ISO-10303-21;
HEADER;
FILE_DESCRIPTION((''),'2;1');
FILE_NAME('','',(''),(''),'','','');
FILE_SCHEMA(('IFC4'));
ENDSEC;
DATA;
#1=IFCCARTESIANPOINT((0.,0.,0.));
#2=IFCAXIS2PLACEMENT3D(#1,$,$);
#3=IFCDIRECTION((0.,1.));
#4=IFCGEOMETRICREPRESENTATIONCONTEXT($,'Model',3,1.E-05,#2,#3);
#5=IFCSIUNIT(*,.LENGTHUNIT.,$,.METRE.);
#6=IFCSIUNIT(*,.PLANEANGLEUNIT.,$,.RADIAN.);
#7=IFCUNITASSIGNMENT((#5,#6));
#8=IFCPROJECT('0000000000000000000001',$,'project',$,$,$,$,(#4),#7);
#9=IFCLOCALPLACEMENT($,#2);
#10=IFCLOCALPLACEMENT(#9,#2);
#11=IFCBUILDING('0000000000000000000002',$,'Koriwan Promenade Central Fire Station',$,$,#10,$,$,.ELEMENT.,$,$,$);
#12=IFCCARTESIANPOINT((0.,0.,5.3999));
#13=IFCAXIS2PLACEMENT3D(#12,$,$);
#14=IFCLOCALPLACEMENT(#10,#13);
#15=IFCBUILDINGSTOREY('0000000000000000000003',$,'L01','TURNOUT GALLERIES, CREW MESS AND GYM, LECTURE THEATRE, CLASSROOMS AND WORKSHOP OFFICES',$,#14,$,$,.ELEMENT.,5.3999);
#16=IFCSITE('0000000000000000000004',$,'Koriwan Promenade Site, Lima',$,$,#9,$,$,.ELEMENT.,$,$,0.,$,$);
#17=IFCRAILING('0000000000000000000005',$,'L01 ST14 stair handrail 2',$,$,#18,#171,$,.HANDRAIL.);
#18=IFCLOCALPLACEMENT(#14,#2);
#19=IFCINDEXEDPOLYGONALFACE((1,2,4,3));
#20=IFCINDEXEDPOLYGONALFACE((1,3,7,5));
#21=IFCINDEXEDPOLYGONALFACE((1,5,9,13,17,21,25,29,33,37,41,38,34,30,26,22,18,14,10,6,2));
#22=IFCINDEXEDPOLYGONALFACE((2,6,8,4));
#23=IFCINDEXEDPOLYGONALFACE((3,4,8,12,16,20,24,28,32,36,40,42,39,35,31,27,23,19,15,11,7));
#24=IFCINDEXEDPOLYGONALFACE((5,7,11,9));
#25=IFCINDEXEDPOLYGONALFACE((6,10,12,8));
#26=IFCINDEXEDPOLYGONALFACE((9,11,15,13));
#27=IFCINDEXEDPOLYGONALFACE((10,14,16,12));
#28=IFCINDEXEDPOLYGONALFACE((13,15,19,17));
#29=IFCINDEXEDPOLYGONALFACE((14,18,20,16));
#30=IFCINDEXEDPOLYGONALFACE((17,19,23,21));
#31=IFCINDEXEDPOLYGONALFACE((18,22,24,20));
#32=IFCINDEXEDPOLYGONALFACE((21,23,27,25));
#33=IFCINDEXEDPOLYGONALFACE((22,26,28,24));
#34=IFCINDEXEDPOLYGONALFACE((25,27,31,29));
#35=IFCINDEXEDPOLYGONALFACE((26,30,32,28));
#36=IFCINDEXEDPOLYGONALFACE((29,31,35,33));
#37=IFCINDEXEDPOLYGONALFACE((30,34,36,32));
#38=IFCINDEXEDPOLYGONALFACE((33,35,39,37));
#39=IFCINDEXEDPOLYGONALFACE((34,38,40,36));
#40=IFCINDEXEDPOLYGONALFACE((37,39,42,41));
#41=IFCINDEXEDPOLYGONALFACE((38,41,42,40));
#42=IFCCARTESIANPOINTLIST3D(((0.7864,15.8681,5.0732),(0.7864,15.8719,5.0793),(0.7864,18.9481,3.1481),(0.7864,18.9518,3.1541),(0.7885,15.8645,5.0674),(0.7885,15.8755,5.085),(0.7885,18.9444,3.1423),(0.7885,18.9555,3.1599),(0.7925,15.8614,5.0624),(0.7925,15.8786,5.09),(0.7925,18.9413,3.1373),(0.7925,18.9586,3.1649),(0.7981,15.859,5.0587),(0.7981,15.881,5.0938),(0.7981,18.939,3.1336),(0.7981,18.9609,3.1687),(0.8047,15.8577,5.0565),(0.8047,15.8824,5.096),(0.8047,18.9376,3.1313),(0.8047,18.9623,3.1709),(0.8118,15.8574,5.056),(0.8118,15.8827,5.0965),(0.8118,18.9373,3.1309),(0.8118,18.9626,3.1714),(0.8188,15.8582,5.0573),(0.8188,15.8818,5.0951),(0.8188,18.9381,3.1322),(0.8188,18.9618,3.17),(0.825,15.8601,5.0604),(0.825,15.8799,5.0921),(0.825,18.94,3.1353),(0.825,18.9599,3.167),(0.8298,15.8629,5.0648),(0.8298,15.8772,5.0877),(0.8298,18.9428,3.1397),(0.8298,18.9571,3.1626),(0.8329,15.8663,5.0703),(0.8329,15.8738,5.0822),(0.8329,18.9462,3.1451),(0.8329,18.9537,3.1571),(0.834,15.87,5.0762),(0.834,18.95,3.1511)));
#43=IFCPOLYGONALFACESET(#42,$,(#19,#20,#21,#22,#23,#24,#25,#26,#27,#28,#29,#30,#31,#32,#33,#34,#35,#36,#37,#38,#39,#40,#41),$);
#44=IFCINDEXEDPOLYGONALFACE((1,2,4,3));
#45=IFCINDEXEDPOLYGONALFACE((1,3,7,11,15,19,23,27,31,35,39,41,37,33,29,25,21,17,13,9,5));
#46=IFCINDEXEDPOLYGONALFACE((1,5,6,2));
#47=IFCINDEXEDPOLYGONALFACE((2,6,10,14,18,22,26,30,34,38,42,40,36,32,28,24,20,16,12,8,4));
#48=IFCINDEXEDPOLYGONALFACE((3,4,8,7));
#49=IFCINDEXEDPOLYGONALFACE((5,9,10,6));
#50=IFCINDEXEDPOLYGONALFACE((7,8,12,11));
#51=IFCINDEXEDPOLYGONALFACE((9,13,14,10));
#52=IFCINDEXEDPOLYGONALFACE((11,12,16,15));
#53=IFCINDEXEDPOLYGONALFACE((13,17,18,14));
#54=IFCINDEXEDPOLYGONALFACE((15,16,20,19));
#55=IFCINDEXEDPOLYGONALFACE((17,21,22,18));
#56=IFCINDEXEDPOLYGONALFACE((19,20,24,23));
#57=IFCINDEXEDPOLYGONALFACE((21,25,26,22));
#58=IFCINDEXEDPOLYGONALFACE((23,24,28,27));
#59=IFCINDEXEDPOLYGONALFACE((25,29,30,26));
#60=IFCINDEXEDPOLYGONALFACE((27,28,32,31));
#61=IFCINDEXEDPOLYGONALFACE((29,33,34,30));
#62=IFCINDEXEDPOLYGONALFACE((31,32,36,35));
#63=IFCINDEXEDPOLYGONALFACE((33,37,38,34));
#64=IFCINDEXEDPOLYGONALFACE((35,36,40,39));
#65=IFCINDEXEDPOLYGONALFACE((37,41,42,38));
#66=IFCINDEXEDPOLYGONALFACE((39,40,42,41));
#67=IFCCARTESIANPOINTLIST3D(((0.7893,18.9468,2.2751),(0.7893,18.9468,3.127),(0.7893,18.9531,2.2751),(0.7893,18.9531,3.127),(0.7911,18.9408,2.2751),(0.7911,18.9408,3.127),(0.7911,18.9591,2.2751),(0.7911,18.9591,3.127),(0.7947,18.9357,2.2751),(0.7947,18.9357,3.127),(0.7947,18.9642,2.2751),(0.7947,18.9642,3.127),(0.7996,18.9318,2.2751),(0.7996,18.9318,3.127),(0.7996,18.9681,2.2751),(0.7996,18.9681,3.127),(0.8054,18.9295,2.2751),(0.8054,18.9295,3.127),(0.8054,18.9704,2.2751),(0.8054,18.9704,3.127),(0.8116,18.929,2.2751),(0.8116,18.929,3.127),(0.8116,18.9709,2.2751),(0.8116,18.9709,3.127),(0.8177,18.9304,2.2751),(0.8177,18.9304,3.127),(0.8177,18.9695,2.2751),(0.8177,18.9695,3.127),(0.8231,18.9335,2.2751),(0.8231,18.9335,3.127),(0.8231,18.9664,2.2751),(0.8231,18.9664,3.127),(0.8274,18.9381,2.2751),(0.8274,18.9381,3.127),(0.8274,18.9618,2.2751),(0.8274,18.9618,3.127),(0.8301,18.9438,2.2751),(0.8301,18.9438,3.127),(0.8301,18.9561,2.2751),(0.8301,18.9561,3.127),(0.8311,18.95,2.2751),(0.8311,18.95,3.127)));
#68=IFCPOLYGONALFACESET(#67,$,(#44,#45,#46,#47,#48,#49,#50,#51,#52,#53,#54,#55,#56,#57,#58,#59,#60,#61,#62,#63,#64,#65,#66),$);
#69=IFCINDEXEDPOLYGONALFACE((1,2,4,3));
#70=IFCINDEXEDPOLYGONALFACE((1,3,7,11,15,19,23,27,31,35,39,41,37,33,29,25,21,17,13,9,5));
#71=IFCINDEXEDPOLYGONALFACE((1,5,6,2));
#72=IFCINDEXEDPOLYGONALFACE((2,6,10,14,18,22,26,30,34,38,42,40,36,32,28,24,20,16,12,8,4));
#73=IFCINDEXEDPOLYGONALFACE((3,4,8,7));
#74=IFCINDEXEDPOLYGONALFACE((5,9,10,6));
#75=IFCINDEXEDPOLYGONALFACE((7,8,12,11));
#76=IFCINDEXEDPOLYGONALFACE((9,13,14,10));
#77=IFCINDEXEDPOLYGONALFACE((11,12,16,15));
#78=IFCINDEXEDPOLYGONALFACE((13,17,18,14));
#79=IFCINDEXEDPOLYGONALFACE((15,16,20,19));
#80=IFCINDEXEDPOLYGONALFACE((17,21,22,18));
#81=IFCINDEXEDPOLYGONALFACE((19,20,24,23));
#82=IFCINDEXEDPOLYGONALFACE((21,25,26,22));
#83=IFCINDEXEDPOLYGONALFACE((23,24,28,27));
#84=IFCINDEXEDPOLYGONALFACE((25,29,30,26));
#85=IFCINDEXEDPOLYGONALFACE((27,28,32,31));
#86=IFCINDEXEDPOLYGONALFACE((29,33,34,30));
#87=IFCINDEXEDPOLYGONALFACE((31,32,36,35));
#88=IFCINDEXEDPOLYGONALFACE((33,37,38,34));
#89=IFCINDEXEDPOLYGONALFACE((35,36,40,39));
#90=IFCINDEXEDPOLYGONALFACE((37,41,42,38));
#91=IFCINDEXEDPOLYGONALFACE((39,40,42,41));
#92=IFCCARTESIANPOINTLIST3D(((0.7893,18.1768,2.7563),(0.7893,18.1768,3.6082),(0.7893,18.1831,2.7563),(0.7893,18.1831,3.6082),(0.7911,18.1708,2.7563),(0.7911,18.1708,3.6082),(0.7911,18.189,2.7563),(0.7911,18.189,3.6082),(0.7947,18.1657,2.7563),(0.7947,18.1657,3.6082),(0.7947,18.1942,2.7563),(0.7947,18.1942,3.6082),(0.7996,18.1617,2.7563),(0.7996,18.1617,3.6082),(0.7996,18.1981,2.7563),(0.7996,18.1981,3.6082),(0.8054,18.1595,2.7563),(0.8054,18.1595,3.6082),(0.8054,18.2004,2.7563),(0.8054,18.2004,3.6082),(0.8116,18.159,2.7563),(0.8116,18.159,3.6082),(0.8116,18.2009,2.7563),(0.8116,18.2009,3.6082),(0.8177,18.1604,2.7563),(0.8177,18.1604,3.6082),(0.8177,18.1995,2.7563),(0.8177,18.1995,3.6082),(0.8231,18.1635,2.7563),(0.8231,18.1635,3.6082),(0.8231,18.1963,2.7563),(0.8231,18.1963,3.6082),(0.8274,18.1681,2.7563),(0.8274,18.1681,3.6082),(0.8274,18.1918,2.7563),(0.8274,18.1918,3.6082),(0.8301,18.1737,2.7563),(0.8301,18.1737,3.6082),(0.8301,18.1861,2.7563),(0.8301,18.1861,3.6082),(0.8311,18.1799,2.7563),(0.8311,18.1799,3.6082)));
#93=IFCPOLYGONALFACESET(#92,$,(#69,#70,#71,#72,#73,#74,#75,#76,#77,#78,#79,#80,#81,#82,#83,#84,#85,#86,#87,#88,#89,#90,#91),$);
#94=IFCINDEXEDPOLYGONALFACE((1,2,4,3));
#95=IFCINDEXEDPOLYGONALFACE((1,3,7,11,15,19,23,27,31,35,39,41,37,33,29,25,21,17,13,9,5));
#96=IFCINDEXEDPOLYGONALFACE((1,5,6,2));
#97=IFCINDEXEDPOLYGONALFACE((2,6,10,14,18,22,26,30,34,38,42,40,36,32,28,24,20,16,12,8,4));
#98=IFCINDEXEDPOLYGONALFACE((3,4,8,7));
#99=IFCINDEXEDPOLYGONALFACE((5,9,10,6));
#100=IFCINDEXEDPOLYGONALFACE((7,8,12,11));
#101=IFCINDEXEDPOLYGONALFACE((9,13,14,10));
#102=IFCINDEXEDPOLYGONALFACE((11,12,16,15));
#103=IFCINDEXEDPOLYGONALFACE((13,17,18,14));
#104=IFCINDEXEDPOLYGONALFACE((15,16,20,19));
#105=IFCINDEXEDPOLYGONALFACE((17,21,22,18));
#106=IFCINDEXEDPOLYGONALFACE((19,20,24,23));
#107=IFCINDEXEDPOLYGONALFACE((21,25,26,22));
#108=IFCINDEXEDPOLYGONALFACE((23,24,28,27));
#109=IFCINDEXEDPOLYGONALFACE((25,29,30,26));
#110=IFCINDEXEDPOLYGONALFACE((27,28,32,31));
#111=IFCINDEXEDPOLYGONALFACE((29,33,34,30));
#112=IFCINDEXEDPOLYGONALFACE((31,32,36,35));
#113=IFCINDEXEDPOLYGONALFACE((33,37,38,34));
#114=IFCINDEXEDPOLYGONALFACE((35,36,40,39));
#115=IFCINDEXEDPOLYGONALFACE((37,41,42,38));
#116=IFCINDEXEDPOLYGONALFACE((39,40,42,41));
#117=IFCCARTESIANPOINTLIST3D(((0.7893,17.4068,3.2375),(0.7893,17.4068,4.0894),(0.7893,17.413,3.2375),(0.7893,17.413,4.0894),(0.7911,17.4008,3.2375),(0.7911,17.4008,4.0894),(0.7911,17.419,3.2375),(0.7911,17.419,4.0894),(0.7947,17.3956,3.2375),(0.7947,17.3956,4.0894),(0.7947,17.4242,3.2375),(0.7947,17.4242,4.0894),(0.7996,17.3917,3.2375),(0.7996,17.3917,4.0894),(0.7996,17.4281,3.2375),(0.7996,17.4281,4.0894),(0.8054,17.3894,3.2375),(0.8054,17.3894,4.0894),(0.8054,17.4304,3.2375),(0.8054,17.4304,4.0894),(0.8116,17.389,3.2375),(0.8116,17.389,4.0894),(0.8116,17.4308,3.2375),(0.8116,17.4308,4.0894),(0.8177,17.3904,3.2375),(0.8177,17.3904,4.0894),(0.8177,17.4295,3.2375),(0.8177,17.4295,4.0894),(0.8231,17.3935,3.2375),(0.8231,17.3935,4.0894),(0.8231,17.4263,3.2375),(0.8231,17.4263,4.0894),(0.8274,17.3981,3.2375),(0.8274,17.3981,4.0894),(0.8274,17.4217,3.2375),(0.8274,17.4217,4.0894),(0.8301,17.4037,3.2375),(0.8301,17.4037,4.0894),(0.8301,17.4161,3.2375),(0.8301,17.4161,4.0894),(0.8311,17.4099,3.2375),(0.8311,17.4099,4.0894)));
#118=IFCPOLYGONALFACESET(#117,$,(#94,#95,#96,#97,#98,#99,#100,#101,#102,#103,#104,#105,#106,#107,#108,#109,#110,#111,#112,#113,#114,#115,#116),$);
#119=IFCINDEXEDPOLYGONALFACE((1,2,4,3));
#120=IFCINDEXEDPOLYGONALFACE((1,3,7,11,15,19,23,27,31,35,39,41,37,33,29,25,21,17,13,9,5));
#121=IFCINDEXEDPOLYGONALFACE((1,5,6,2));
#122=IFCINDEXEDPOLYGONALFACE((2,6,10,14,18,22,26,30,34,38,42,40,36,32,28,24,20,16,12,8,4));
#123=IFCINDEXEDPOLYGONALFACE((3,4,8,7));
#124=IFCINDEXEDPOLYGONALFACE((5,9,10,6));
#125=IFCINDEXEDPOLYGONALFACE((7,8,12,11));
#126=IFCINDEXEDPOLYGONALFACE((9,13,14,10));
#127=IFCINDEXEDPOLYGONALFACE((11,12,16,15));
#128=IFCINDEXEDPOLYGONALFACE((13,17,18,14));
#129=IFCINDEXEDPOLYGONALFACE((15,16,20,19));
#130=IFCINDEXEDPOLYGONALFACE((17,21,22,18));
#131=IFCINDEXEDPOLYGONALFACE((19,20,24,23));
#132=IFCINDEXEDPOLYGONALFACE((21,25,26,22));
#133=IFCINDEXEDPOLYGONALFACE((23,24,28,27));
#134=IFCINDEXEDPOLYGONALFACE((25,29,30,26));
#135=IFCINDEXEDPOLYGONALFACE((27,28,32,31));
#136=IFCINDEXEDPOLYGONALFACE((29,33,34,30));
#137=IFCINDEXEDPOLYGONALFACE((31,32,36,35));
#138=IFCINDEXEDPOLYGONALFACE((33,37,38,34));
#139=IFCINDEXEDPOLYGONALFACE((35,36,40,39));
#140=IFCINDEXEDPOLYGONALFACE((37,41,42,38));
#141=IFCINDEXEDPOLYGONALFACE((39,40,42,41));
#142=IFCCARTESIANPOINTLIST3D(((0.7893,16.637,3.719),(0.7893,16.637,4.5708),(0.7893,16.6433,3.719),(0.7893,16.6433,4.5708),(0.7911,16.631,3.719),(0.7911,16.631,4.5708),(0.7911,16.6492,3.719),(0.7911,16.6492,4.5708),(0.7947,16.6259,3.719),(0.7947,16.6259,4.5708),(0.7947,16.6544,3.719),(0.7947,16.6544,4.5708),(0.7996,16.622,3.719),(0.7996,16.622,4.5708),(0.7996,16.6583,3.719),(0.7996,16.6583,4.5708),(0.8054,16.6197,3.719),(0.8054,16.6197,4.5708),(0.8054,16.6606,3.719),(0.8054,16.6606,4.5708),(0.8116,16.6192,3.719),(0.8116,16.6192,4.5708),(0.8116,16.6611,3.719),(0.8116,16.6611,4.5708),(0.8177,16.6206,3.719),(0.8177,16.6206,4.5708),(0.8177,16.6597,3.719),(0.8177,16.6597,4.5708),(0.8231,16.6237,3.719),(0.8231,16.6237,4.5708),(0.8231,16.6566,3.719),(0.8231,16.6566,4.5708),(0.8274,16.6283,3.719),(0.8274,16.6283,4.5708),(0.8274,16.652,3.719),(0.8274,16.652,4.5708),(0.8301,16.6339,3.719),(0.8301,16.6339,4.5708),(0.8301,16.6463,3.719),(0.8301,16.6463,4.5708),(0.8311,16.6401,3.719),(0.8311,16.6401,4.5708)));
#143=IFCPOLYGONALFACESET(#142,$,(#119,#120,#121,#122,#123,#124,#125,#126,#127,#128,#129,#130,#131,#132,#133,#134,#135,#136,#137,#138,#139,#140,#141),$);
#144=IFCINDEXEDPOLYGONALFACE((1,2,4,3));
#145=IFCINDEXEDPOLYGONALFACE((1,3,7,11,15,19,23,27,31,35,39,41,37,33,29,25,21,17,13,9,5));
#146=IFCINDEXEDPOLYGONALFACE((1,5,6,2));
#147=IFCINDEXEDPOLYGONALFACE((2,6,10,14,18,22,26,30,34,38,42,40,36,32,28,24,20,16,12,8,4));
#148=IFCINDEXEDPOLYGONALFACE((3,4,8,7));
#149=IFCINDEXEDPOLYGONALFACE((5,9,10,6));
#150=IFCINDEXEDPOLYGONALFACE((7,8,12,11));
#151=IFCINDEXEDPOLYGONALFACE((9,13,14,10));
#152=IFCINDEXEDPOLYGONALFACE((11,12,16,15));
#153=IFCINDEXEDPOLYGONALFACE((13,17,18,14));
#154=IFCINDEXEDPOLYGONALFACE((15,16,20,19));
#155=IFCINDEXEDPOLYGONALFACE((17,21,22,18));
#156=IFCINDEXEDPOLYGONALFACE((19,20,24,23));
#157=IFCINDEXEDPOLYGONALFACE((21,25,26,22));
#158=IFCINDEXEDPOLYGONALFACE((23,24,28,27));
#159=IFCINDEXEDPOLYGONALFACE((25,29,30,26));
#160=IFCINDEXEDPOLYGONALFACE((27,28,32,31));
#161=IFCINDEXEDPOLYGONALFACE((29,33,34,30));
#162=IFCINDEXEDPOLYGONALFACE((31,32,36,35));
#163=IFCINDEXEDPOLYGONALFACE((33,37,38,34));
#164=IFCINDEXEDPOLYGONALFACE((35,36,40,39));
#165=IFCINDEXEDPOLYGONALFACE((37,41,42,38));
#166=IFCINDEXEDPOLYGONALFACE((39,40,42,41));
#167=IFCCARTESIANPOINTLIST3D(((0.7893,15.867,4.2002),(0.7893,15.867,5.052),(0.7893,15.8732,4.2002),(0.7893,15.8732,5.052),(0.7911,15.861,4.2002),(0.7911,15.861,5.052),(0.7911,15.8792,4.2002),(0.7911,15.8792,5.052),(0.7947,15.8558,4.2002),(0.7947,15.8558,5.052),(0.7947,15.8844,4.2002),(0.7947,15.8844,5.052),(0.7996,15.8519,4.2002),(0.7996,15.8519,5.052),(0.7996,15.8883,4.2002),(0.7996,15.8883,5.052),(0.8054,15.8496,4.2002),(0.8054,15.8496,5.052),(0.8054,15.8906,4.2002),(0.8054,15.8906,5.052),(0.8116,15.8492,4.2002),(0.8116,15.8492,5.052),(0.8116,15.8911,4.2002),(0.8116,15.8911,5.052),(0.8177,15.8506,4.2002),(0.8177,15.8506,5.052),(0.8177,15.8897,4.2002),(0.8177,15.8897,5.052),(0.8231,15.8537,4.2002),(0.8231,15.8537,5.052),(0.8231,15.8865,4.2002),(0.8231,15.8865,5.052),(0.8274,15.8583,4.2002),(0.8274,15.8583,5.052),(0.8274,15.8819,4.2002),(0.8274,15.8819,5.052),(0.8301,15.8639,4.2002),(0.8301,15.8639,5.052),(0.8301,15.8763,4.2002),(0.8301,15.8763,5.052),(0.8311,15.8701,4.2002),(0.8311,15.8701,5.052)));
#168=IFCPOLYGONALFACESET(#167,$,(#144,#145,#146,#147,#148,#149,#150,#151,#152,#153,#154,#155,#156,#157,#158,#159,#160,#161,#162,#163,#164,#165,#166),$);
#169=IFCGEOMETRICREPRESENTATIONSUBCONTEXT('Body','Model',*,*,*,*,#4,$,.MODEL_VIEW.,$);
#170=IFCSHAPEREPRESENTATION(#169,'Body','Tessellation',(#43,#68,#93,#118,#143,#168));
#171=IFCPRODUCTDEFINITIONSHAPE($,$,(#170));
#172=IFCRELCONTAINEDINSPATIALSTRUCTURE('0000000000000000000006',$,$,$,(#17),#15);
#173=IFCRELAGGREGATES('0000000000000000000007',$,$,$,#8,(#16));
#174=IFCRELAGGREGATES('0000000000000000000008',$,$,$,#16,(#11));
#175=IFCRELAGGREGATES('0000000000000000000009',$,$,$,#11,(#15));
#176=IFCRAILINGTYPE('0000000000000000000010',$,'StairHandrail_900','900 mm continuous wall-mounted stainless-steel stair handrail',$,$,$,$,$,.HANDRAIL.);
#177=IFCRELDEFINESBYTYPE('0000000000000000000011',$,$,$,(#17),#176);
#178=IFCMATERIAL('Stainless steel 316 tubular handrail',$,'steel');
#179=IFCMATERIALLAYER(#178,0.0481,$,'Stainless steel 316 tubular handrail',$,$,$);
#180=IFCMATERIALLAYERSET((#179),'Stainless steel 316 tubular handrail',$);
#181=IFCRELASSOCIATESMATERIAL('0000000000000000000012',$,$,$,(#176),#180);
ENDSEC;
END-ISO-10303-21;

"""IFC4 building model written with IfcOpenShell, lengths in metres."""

from ifc_helpers import new_model, si_unit, direction, frame, origin, origin_2d, place, context, subcontext, project, spatial, circle, extrude, material, layer, layer_set, type_object, element, save


model = new_model("IFC4")

# Units and contexts
model_context = context("Model", 3, precision=1e-05, world=origin(), true_north=direction((0.0, 1.0)))
body_context = subcontext(model_context, "Body", "Model", "MODEL_VIEW")
ifc_project = project(units=[si_unit("LENGTHUNIT", "METRE"), si_unit("PLANEANGLEUNIT", "RADIAN")], contexts=[model_context])

# Site, building, storey
site_placement = place(None, origin())
site = spatial("IfcSite", under=ifc_project, at=site_placement, Name="Koriwan Promenade Site, Lima", CompositionType="ELEMENT", RefElevation=0.0)
building_placement = place(site_placement, origin())
building = spatial("IfcBuilding", under=site, at=building_placement, Name="Koriwan Promenade Central Fire Station", CompositionType="ELEMENT")
storey_placement = place(building_placement, frame((0.0, 0.0, 5.3999)))
storey = spatial("IfcBuildingStorey", under=building, at=storey_placement, Name="L01", Description="TURNOUT GALLERIES, CREW MESS AND GYM, LECTURE THEATRE, CLASSROOMS AND WORKSHOP OFFICES", CompositionType="ELEMENT", Elevation=5.3999)

# Railing
ifc_material_1 = material(Name="Stainless steel 316 tubular handrail", Category="steel")
ifc_layer_1 = layer(ifc_material_1, 0.0481, Name="Stainless steel 316 tubular handrail")
ifc_layer_set_1 = layer_set([ifc_layer_1], Name="Stainless steel 316 tubular handrail")
railing_type_1 = type_object("IfcRailingType", Name="StairHandrail_900", Description="900 mm continuous wall-mounted stainless-steel stair handrail", PredefinedType="HANDRAIL", material=ifc_layer_set_1)
railing_1_placement = place(storey_placement, frame((0.8101, 18.95, 2.2751)))
element("IfcRailing", 1, at=railing_1_placement, inside=storey, type_object=railing_type_1, Name="L01 ST14 stair handrail 2", PredefinedType="HANDRAIL", context=body_context, shape_type="SweptSolid", body=[
    extrude(circle(Radius=0.0239, at=origin_2d()), frame((0.0, 0.0, 0.876), z_axis=(0.0, -0.847979, 0.530029), x_axis=(1.0, 0.0, 0.0)), (0.0, 0.0, 1.0), 3.6321),
    extrude(circle(Radius=0.021, at=origin_2d()), origin(), (0.0, 0.0, 1.0), 0.8518),
    extrude(circle(Radius=0.021, at=origin_2d()), frame((0.0, -0.77, 0.4812)), (0.0, 0.0, 1.0), 0.8518),
    extrude(circle(Radius=0.021, at=origin_2d()), frame((0.0, -1.54, 0.9624)), (0.0, 0.0, 1.0), 0.8518),
    extrude(circle(Radius=0.021, at=origin_2d()), frame((0.0, -2.3098, 1.4438)), (0.0, 0.0, 1.0), 0.8518),
    extrude(circle(Radius=0.021, at=origin_2d()), frame((0.0, -3.0798, 1.925)), (0.0, 0.0, 1.0), 0.8518),
])

save(model, "model.ifc")
